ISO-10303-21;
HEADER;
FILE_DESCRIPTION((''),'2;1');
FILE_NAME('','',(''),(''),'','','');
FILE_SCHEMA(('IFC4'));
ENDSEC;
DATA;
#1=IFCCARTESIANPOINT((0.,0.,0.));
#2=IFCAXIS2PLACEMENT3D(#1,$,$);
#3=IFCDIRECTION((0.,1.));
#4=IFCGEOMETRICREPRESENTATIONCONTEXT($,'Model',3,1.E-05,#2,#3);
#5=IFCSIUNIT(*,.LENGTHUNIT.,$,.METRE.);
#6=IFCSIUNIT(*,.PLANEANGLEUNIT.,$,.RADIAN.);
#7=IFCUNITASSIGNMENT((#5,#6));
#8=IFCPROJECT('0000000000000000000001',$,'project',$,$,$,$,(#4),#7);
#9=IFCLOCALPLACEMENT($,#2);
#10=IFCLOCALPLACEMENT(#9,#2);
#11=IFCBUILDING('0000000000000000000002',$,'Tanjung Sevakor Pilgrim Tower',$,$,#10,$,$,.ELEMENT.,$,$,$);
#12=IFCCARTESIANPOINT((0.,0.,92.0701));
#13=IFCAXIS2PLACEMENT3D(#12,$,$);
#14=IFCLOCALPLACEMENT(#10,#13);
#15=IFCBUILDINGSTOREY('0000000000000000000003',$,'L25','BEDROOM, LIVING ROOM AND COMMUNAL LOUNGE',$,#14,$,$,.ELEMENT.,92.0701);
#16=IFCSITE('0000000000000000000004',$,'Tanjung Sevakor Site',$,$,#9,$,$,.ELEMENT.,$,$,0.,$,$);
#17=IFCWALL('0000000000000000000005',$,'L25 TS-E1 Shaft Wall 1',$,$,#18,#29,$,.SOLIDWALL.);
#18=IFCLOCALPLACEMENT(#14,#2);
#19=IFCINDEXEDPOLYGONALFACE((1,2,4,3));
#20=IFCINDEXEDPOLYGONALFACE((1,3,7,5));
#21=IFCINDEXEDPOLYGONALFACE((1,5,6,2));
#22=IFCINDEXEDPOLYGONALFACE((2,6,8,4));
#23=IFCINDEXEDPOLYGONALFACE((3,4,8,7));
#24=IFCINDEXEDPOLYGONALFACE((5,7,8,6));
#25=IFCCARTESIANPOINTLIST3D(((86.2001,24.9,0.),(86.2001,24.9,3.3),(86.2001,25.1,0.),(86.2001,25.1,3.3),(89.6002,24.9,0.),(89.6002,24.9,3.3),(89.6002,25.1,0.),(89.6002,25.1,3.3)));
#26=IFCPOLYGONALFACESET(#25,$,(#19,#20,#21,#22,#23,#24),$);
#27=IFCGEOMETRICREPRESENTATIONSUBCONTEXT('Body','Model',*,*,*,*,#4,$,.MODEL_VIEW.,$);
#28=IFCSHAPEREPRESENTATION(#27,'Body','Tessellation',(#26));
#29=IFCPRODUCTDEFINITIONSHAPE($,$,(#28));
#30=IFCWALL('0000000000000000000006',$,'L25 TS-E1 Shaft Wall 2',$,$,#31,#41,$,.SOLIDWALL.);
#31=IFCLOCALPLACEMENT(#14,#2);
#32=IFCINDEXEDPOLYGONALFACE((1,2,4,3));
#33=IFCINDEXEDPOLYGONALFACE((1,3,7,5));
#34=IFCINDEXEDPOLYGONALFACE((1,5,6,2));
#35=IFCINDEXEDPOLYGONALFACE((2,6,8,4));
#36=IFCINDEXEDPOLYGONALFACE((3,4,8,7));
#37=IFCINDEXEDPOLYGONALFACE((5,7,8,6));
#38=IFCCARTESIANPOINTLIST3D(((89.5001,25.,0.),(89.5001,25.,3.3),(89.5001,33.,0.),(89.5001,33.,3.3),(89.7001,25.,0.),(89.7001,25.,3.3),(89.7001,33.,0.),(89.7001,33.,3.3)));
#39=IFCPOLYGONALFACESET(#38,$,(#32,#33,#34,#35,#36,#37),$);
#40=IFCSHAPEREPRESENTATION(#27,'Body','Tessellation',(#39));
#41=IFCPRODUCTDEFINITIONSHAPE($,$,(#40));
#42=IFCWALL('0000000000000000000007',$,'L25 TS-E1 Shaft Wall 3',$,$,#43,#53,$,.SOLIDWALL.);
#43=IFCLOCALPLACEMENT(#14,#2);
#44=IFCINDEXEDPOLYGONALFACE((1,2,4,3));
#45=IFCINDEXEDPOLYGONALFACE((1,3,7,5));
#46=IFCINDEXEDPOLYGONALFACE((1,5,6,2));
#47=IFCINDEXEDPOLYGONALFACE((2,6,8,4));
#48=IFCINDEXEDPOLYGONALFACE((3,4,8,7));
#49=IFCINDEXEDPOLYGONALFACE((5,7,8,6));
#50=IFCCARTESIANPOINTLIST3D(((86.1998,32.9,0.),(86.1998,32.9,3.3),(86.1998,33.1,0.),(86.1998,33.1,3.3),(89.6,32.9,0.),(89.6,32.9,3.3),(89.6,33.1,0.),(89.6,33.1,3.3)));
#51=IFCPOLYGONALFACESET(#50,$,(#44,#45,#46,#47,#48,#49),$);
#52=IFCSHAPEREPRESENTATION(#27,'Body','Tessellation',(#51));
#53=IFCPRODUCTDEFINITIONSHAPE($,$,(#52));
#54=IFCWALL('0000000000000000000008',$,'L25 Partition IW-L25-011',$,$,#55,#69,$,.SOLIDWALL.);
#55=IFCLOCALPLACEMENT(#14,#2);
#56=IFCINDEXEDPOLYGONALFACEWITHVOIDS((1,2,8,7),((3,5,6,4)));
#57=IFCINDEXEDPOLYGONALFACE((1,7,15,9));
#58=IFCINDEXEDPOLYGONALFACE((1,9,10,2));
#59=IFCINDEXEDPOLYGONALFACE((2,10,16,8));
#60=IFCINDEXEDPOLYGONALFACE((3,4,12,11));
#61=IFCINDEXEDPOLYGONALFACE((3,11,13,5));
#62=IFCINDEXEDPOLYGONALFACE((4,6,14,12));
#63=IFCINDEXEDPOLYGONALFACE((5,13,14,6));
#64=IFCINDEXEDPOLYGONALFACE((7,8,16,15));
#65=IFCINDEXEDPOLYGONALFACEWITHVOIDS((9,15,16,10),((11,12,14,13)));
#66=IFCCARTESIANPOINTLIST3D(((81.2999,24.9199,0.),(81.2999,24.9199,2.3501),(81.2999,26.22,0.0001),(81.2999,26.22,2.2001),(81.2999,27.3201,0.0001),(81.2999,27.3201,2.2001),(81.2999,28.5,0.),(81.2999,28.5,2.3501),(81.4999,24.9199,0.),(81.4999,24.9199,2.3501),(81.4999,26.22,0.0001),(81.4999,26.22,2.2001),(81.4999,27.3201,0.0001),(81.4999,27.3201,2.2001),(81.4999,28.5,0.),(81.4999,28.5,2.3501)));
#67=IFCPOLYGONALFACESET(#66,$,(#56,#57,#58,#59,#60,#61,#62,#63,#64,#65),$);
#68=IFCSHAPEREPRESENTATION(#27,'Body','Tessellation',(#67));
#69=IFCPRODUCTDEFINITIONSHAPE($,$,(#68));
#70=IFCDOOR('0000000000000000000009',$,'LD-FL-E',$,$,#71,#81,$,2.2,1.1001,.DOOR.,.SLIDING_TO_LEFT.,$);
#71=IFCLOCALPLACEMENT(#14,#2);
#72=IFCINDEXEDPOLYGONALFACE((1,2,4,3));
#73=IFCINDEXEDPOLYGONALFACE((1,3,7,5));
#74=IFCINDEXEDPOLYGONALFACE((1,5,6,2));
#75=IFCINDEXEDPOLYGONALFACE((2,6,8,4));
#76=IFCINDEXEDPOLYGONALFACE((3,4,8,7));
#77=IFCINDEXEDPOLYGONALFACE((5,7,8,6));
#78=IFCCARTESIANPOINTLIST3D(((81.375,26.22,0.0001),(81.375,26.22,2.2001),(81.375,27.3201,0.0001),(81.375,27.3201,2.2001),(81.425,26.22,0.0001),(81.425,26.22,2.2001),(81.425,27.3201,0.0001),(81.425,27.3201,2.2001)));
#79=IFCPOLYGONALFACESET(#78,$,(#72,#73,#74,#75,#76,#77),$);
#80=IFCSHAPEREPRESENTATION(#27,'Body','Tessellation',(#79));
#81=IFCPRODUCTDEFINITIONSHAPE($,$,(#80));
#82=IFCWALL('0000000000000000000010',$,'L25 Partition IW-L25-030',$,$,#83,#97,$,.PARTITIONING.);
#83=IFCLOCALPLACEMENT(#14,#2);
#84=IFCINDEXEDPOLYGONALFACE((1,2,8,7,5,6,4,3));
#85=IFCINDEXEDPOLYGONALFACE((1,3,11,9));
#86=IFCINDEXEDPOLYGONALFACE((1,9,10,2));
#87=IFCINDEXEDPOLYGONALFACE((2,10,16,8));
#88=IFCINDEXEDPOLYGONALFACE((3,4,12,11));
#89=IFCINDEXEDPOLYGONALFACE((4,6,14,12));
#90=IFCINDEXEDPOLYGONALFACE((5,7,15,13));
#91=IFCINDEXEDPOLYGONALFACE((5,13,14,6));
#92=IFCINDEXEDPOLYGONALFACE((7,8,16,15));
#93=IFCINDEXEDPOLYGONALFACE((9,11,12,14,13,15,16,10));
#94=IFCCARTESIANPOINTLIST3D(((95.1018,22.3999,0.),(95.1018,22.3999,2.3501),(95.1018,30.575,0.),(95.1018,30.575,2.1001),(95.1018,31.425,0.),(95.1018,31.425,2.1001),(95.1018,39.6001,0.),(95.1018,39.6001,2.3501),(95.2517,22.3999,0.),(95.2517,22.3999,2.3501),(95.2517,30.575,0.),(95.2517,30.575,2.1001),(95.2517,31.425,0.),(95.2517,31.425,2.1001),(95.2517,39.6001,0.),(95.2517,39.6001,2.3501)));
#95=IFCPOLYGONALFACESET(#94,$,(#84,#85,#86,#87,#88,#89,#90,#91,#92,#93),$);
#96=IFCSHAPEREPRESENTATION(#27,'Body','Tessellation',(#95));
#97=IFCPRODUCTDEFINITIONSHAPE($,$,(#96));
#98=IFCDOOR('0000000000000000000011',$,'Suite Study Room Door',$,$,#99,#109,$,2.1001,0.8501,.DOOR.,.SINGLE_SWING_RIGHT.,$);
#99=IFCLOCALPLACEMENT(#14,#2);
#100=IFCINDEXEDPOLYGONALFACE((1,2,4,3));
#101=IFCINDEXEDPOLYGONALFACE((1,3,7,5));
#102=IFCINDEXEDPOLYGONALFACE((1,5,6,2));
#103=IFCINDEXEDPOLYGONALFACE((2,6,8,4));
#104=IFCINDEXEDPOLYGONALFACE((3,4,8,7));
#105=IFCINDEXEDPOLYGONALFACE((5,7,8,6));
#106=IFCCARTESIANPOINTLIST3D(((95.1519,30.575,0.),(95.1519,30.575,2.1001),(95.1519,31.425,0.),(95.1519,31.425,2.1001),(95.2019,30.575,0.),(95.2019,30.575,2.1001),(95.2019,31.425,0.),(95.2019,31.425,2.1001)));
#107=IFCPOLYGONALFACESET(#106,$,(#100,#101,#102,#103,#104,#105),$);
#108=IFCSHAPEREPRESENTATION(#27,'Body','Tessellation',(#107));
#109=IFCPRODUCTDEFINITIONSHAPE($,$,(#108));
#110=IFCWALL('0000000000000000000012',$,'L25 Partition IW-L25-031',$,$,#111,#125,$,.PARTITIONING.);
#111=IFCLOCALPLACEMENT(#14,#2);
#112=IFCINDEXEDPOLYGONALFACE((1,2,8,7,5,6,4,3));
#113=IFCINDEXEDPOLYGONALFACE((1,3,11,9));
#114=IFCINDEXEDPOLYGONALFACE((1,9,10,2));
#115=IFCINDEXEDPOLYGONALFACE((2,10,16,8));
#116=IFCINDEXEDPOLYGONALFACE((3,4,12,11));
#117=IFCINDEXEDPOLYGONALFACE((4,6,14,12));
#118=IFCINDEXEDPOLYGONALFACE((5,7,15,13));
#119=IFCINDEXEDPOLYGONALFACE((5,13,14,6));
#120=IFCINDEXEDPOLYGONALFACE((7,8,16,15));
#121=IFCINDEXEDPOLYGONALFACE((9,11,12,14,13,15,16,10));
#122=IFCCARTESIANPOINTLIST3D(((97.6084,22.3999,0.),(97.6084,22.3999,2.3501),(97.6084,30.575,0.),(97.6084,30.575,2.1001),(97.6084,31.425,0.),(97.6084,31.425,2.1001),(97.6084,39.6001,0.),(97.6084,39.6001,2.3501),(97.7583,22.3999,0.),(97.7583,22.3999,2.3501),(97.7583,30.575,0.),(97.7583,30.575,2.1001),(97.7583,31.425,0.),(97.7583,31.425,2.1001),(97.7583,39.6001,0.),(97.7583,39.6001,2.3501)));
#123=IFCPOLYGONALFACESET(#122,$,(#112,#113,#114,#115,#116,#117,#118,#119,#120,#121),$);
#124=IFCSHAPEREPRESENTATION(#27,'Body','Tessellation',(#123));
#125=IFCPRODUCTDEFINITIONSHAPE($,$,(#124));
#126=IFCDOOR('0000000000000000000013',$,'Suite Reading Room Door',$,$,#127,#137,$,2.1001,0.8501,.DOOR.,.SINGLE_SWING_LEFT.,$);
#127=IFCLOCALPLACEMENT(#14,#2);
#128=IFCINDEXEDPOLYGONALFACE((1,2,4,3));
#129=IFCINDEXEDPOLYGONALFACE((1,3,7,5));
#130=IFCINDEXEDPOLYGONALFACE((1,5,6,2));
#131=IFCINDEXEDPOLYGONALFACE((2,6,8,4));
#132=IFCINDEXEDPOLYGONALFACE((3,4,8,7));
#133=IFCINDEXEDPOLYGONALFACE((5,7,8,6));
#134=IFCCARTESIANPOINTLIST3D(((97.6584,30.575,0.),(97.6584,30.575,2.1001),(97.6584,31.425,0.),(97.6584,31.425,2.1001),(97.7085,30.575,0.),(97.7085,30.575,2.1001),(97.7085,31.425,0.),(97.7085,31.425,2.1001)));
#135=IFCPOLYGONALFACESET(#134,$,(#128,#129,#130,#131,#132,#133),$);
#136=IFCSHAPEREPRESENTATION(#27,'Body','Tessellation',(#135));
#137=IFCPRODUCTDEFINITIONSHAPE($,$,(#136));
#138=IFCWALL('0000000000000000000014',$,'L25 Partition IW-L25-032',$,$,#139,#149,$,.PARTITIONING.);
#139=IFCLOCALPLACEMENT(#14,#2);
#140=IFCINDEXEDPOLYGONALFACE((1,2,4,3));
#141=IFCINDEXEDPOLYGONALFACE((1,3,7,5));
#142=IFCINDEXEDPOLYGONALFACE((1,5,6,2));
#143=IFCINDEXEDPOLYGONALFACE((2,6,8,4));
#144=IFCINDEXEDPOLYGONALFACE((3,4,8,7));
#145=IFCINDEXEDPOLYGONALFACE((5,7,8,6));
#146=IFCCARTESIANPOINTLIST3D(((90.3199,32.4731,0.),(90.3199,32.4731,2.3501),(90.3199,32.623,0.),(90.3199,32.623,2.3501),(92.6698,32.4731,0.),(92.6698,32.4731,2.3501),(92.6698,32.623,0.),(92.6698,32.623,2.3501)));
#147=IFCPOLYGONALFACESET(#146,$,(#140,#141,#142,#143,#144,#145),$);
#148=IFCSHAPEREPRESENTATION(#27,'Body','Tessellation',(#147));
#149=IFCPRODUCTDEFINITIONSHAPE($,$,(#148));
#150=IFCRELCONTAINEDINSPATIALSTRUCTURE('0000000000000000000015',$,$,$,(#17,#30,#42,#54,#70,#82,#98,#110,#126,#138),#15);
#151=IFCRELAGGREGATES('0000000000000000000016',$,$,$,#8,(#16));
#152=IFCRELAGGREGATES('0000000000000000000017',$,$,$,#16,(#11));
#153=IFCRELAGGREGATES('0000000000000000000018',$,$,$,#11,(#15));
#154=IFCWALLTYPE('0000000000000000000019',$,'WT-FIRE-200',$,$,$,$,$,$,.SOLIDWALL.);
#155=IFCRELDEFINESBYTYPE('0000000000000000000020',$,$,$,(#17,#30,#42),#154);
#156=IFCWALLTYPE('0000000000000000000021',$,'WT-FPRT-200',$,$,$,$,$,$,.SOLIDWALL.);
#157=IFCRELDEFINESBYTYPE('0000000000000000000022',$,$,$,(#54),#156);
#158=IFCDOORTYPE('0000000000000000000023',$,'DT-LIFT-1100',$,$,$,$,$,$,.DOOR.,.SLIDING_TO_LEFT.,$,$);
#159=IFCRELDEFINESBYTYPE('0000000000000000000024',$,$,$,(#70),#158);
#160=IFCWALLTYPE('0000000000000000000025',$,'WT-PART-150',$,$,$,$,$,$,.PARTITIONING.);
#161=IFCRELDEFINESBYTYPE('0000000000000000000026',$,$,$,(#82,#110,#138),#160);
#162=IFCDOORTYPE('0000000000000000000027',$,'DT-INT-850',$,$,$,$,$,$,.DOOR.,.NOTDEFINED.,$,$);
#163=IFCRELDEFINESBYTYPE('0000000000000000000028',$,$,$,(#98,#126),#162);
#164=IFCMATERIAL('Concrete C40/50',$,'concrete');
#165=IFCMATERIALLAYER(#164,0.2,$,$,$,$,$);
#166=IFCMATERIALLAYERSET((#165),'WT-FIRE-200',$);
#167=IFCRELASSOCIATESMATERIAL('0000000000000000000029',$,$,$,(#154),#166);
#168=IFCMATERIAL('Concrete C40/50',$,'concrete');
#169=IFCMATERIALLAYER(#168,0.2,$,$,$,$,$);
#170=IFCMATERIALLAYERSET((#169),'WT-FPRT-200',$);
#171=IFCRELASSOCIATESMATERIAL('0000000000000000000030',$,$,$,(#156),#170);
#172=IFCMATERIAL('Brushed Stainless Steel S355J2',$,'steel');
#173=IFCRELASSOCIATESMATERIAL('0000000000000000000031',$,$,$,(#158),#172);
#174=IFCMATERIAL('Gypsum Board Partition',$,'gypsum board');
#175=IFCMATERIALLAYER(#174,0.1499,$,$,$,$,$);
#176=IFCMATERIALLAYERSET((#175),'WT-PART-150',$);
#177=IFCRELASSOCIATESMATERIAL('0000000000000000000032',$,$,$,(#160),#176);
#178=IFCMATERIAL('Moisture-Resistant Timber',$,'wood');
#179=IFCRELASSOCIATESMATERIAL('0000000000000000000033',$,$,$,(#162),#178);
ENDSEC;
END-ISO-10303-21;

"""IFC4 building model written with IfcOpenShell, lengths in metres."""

from ifc_helpers import new_model, si_unit, direction, frame, frame_2d, origin, place, context, subcontext, project, spatial, rectangle, extrude, material, layer, layer_set, type_object, element, fill, save


model = new_model("IFC4")

# Units and contexts
model_context = context("Model", 3, precision=1e-05, world=origin(), true_north=direction((0.0, 1.0)))
body_context = subcontext(model_context, "Body", "Model", "MODEL_VIEW")
ifc_project = project(units=[si_unit("LENGTHUNIT", "METRE"), si_unit("PLANEANGLEUNIT", "RADIAN")], contexts=[model_context])

# Site, building, storey
site_placement = place(None, origin())
site = spatial("IfcSite", under=ifc_project, at=site_placement, Name="Tanjung Sevakor Site", CompositionType="ELEMENT", RefElevation=0.0)
building_placement = place(site_placement, origin())
building = spatial("IfcBuilding", under=site, at=building_placement, Name="Tanjung Sevakor Pilgrim Tower", CompositionType="ELEMENT")
storey_placement = place(building_placement, frame((0.0, 0.0, 92.0701)))
storey = spatial("IfcBuildingStorey", under=building, at=storey_placement, Name="L25", Description="BEDROOM, LIVING ROOM AND COMMUNAL LOUNGE", CompositionType="ELEMENT", Elevation=92.0701)

# Walls
ifc_material_1 = material(Name="Concrete C40/50", Category="concrete")
ifc_layer_1 = layer(ifc_material_1, 0.2)
ifc_layer_set_1 = layer_set([ifc_layer_1], Name="WT-FIRE-200")
wall_type_1 = type_object("IfcWallType", Name="WT-FIRE-200", PredefinedType="SOLIDWALL", material=ifc_layer_set_1)
wall_1_placement = place(storey_placement, frame((86.2, 25.0, 0.0), z_axis=(0.0, 0.0, 1.0), x_axis=(1.0, 0.0, 0.0)))
element("IfcWall", 1, at=wall_1_placement, inside=storey, type_object=wall_type_1, Name="L25 TS-E1 Shaft Wall 1", PredefinedType="SOLIDWALL", context=body_context, shape_type="SweptSolid", body=[
    extrude(rectangle(XDim=3.4001, YDim=0.2, at=frame_2d((1.7002, 0.0))), origin(), (0.0, 0.0, 1.0), 3.3),
])
wall_2_placement = place(storey_placement, frame((89.6001, 25.0, 0.0), z_axis=(0.0, 0.0, 1.0), x_axis=(0.0, 1.0, 0.0)))
element("IfcWall", 2, at=wall_2_placement, inside=storey, type_object=wall_type_1, Name="L25 TS-E1 Shaft Wall 2", PredefinedType="SOLIDWALL", context=body_context, shape_type="SweptSolid", body=[
    extrude(rectangle(XDim=8.0, YDim=0.2, at=frame_2d((4.0, 0.0))), origin(), (0.0, 0.0, 1.0), 3.3),
])
wall_3_placement = place(storey_placement, frame((89.6001, 33.0, 0.0), z_axis=(0.0, 0.0, 1.0), x_axis=(-1.0, 0.0, 0.0)))
element("IfcWall", 3, at=wall_3_placement, inside=storey, type_object=wall_type_1, Name="L25 TS-E1 Shaft Wall 3", PredefinedType="SOLIDWALL", context=body_context, shape_type="SweptSolid", body=[
    extrude(rectangle(XDim=3.4001, YDim=0.2, at=frame_2d((1.7002, 0.0))), origin(), (0.0, 0.0, 1.0), 3.3),
])

# Walls, openings, doors
ifc_material_2 = material(Name="Concrete C40/50", Category="concrete")
ifc_layer_2 = layer(ifc_material_2, 0.2)
ifc_layer_set_2 = layer_set([ifc_layer_2], Name="WT-FPRT-200")
wall_type_2 = type_object("IfcWallType", Name="WT-FPRT-200", PredefinedType="SOLIDWALL", material=ifc_layer_set_2)
wall_4_placement = place(storey_placement, frame((81.3999, 24.9199, 0.0), z_axis=(0.0, 0.0, 1.0), x_axis=(0.0, 1.0, 0.0)))
wall_4 = element("IfcWall", 4, at=wall_4_placement, inside=storey, type_object=wall_type_2, Name="L25 Partition IW-L25-011", PredefinedType="SOLIDWALL", context=body_context, shape_type="SweptSolid", body=[
    extrude(rectangle(XDim=3.5801, YDim=0.2, at=frame_2d((1.79, 0.0))), origin(), (0.0, 0.0, 1.0), 2.3501),
])
opening_1_placement = place(wall_4_placement, frame((1.3, 0.0, 0.0)))
opening_1 = element("IfcOpeningElement", 5, at=opening_1_placement, cuts=wall_4, PredefinedType="OPENING", context=body_context, shape_type="SweptSolid", body=[
    extrude(rectangle(XDim=1.1001, YDim=2.2, at=frame_2d((0.55, 1.1001))), frame((0.0, 0.1099, 0.0), z_axis=(0.0, -1.0, 0.0), x_axis=(1.0, 0.0, 0.0)), (0.0, 0.0, 1.0), 0.22),
])
ifc_material_3 = material(Name="Brushed Stainless Steel S355J2", Category="steel")
door_type_1 = type_object("IfcDoorType", Name="DT-LIFT-1100", OperationType="SLIDING_TO_LEFT", PredefinedType="DOOR", material=ifc_material_3)
door_1_placement = place(opening_1_placement, origin())
door_1 = element("IfcDoor", 6, at=door_1_placement, inside=storey, type_object=door_type_1, Name="LD-FL-E", OperationType="SLIDING_TO_LEFT", OverallHeight=2.2, OverallWidth=1.1001, PredefinedType="DOOR", context=body_context, shape_type="SweptSolid", body=[
    extrude(rectangle(XDim=1.1001, YDim=2.2, at=frame_2d((0.55, 1.1001))), frame((0.0, 0.0249, 0.0), z_axis=(0.0, -1.0, 0.0), x_axis=(1.0, 0.0, 0.0)), (0.0, 0.0, 1.0), 0.05),
])
fill(opening_1, door_1)
ifc_material_4 = material(Name="Gypsum Board Partition", Category="gypsum board")
ifc_layer_3 = layer(ifc_material_4, 0.1499)
ifc_layer_set_3 = layer_set([ifc_layer_3], Name="WT-PART-150")
wall_type_3 = type_object("IfcWallType", Name="WT-PART-150", PredefinedType="PARTITIONING", material=ifc_layer_set_3)
wall_5_placement = place(storey_placement, frame((95.1768, 22.3999, 0.0), z_axis=(0.0, 0.0, 1.0), x_axis=(0.0, 1.0, 0.0)))
wall_5 = element("IfcWall", 7, at=wall_5_placement, inside=storey, type_object=wall_type_3, Name="L25 Partition IW-L25-030", PredefinedType="PARTITIONING", context=body_context, shape_type="SweptSolid", body=[
    extrude(rectangle(XDim=17.2002, YDim=0.1499, at=frame_2d((8.6001, 0.0))), origin(), (0.0, 0.0, 1.0), 2.3501),
])
opening_2_placement = place(wall_5_placement, frame((8.175, 0.0, 0.0)))
opening_2 = element("IfcOpeningElement", 8, at=opening_2_placement, cuts=wall_5, PredefinedType="OPENING", context=body_context, shape_type="SweptSolid", body=[
    extrude(rectangle(XDim=0.8501, YDim=2.1001, at=frame_2d((0.425, 1.05))), frame((0.0, 0.085, 0.0), z_axis=(0.0, -1.0, 0.0), x_axis=(1.0, 0.0, 0.0)), (0.0, 0.0, 1.0), 0.1699),
])
ifc_material_5 = material(Name="Moisture-Resistant Timber", Category="wood")
door_type_2 = type_object("IfcDoorType", Name="DT-INT-850", OperationType="NOTDEFINED", PredefinedType="DOOR", material=ifc_material_5)
door_2_placement = place(opening_2_placement, origin())
door_2 = element("IfcDoor", 9, at=door_2_placement, inside=storey, type_object=door_type_2, Name="Suite Study Room Door", OperationType="SINGLE_SWING_RIGHT", OverallHeight=2.1001, OverallWidth=0.8501, PredefinedType="DOOR", context=body_context, shape_type="SweptSolid", body=[
    extrude(rectangle(XDim=0.8501, YDim=2.1001, at=frame_2d((0.425, 1.05))), frame((0.0, 0.0249, 0.0), z_axis=(0.0, -1.0, 0.0), x_axis=(1.0, 0.0, 0.0)), (0.0, 0.0, 1.0), 0.05),
])
fill(opening_2, door_2)
wall_6_placement = place(storey_placement, frame((97.6833, 22.3999, 0.0), z_axis=(0.0, 0.0, 1.0), x_axis=(0.0, 1.0, 0.0)))
wall_6 = element("IfcWall", 10, at=wall_6_placement, inside=storey, type_object=wall_type_3, Name="L25 Partition IW-L25-031", PredefinedType="PARTITIONING", context=body_context, shape_type="SweptSolid", body=[
    extrude(rectangle(XDim=17.2002, YDim=0.1499, at=frame_2d((8.6001, 0.0))), origin(), (0.0, 0.0, 1.0), 2.3501),
])
opening_3_placement = place(wall_6_placement, frame((8.175, 0.0, 0.0)))
opening_3 = element("IfcOpeningElement", 11, at=opening_3_placement, cuts=wall_6, PredefinedType="OPENING", context=body_context, shape_type="SweptSolid", body=[
    extrude(rectangle(XDim=0.8501, YDim=2.1001, at=frame_2d((0.425, 1.05))), frame((0.0, 0.085, 0.0), z_axis=(0.0, -1.0, 0.0), x_axis=(1.0, 0.0, 0.0)), (0.0, 0.0, 1.0), 0.1699),
])
door_3_placement = place(opening_3_placement, origin())
door_3 = element("IfcDoor", 12, at=door_3_placement, inside=storey, type_object=door_type_2, Name="Suite Reading Room Door", OperationType="SINGLE_SWING_LEFT", OverallHeight=2.1001, OverallWidth=0.8501, PredefinedType="DOOR", context=body_context, shape_type="SweptSolid", body=[
    extrude(rectangle(XDim=0.8501, YDim=2.1001, at=frame_2d((0.425, 1.05))), frame((0.0, 0.0249, 0.0), z_axis=(0.0, -1.0, 0.0), x_axis=(1.0, 0.0, 0.0)), (0.0, 0.0, 1.0), 0.05),
])
fill(opening_3, door_3)

# Wall
wall_7_placement = place(storey_placement, frame((90.3201, 32.5481, 0.0), z_axis=(0.0, 0.0, 1.0), x_axis=(1.0, 0.0, 0.0)))
element("IfcWall", 13, at=wall_7_placement, inside=storey, type_object=wall_type_3, Name="L25 Partition IW-L25-032", PredefinedType="PARTITIONING", context=body_context, shape_type="SweptSolid", body=[
    extrude(rectangle(XDim=2.3499, YDim=0.1499, at=frame_2d((1.1748, 0.0))), origin(), (0.0, 0.0, 1.0), 2.3501),
])

save(model, "model.ifc")
